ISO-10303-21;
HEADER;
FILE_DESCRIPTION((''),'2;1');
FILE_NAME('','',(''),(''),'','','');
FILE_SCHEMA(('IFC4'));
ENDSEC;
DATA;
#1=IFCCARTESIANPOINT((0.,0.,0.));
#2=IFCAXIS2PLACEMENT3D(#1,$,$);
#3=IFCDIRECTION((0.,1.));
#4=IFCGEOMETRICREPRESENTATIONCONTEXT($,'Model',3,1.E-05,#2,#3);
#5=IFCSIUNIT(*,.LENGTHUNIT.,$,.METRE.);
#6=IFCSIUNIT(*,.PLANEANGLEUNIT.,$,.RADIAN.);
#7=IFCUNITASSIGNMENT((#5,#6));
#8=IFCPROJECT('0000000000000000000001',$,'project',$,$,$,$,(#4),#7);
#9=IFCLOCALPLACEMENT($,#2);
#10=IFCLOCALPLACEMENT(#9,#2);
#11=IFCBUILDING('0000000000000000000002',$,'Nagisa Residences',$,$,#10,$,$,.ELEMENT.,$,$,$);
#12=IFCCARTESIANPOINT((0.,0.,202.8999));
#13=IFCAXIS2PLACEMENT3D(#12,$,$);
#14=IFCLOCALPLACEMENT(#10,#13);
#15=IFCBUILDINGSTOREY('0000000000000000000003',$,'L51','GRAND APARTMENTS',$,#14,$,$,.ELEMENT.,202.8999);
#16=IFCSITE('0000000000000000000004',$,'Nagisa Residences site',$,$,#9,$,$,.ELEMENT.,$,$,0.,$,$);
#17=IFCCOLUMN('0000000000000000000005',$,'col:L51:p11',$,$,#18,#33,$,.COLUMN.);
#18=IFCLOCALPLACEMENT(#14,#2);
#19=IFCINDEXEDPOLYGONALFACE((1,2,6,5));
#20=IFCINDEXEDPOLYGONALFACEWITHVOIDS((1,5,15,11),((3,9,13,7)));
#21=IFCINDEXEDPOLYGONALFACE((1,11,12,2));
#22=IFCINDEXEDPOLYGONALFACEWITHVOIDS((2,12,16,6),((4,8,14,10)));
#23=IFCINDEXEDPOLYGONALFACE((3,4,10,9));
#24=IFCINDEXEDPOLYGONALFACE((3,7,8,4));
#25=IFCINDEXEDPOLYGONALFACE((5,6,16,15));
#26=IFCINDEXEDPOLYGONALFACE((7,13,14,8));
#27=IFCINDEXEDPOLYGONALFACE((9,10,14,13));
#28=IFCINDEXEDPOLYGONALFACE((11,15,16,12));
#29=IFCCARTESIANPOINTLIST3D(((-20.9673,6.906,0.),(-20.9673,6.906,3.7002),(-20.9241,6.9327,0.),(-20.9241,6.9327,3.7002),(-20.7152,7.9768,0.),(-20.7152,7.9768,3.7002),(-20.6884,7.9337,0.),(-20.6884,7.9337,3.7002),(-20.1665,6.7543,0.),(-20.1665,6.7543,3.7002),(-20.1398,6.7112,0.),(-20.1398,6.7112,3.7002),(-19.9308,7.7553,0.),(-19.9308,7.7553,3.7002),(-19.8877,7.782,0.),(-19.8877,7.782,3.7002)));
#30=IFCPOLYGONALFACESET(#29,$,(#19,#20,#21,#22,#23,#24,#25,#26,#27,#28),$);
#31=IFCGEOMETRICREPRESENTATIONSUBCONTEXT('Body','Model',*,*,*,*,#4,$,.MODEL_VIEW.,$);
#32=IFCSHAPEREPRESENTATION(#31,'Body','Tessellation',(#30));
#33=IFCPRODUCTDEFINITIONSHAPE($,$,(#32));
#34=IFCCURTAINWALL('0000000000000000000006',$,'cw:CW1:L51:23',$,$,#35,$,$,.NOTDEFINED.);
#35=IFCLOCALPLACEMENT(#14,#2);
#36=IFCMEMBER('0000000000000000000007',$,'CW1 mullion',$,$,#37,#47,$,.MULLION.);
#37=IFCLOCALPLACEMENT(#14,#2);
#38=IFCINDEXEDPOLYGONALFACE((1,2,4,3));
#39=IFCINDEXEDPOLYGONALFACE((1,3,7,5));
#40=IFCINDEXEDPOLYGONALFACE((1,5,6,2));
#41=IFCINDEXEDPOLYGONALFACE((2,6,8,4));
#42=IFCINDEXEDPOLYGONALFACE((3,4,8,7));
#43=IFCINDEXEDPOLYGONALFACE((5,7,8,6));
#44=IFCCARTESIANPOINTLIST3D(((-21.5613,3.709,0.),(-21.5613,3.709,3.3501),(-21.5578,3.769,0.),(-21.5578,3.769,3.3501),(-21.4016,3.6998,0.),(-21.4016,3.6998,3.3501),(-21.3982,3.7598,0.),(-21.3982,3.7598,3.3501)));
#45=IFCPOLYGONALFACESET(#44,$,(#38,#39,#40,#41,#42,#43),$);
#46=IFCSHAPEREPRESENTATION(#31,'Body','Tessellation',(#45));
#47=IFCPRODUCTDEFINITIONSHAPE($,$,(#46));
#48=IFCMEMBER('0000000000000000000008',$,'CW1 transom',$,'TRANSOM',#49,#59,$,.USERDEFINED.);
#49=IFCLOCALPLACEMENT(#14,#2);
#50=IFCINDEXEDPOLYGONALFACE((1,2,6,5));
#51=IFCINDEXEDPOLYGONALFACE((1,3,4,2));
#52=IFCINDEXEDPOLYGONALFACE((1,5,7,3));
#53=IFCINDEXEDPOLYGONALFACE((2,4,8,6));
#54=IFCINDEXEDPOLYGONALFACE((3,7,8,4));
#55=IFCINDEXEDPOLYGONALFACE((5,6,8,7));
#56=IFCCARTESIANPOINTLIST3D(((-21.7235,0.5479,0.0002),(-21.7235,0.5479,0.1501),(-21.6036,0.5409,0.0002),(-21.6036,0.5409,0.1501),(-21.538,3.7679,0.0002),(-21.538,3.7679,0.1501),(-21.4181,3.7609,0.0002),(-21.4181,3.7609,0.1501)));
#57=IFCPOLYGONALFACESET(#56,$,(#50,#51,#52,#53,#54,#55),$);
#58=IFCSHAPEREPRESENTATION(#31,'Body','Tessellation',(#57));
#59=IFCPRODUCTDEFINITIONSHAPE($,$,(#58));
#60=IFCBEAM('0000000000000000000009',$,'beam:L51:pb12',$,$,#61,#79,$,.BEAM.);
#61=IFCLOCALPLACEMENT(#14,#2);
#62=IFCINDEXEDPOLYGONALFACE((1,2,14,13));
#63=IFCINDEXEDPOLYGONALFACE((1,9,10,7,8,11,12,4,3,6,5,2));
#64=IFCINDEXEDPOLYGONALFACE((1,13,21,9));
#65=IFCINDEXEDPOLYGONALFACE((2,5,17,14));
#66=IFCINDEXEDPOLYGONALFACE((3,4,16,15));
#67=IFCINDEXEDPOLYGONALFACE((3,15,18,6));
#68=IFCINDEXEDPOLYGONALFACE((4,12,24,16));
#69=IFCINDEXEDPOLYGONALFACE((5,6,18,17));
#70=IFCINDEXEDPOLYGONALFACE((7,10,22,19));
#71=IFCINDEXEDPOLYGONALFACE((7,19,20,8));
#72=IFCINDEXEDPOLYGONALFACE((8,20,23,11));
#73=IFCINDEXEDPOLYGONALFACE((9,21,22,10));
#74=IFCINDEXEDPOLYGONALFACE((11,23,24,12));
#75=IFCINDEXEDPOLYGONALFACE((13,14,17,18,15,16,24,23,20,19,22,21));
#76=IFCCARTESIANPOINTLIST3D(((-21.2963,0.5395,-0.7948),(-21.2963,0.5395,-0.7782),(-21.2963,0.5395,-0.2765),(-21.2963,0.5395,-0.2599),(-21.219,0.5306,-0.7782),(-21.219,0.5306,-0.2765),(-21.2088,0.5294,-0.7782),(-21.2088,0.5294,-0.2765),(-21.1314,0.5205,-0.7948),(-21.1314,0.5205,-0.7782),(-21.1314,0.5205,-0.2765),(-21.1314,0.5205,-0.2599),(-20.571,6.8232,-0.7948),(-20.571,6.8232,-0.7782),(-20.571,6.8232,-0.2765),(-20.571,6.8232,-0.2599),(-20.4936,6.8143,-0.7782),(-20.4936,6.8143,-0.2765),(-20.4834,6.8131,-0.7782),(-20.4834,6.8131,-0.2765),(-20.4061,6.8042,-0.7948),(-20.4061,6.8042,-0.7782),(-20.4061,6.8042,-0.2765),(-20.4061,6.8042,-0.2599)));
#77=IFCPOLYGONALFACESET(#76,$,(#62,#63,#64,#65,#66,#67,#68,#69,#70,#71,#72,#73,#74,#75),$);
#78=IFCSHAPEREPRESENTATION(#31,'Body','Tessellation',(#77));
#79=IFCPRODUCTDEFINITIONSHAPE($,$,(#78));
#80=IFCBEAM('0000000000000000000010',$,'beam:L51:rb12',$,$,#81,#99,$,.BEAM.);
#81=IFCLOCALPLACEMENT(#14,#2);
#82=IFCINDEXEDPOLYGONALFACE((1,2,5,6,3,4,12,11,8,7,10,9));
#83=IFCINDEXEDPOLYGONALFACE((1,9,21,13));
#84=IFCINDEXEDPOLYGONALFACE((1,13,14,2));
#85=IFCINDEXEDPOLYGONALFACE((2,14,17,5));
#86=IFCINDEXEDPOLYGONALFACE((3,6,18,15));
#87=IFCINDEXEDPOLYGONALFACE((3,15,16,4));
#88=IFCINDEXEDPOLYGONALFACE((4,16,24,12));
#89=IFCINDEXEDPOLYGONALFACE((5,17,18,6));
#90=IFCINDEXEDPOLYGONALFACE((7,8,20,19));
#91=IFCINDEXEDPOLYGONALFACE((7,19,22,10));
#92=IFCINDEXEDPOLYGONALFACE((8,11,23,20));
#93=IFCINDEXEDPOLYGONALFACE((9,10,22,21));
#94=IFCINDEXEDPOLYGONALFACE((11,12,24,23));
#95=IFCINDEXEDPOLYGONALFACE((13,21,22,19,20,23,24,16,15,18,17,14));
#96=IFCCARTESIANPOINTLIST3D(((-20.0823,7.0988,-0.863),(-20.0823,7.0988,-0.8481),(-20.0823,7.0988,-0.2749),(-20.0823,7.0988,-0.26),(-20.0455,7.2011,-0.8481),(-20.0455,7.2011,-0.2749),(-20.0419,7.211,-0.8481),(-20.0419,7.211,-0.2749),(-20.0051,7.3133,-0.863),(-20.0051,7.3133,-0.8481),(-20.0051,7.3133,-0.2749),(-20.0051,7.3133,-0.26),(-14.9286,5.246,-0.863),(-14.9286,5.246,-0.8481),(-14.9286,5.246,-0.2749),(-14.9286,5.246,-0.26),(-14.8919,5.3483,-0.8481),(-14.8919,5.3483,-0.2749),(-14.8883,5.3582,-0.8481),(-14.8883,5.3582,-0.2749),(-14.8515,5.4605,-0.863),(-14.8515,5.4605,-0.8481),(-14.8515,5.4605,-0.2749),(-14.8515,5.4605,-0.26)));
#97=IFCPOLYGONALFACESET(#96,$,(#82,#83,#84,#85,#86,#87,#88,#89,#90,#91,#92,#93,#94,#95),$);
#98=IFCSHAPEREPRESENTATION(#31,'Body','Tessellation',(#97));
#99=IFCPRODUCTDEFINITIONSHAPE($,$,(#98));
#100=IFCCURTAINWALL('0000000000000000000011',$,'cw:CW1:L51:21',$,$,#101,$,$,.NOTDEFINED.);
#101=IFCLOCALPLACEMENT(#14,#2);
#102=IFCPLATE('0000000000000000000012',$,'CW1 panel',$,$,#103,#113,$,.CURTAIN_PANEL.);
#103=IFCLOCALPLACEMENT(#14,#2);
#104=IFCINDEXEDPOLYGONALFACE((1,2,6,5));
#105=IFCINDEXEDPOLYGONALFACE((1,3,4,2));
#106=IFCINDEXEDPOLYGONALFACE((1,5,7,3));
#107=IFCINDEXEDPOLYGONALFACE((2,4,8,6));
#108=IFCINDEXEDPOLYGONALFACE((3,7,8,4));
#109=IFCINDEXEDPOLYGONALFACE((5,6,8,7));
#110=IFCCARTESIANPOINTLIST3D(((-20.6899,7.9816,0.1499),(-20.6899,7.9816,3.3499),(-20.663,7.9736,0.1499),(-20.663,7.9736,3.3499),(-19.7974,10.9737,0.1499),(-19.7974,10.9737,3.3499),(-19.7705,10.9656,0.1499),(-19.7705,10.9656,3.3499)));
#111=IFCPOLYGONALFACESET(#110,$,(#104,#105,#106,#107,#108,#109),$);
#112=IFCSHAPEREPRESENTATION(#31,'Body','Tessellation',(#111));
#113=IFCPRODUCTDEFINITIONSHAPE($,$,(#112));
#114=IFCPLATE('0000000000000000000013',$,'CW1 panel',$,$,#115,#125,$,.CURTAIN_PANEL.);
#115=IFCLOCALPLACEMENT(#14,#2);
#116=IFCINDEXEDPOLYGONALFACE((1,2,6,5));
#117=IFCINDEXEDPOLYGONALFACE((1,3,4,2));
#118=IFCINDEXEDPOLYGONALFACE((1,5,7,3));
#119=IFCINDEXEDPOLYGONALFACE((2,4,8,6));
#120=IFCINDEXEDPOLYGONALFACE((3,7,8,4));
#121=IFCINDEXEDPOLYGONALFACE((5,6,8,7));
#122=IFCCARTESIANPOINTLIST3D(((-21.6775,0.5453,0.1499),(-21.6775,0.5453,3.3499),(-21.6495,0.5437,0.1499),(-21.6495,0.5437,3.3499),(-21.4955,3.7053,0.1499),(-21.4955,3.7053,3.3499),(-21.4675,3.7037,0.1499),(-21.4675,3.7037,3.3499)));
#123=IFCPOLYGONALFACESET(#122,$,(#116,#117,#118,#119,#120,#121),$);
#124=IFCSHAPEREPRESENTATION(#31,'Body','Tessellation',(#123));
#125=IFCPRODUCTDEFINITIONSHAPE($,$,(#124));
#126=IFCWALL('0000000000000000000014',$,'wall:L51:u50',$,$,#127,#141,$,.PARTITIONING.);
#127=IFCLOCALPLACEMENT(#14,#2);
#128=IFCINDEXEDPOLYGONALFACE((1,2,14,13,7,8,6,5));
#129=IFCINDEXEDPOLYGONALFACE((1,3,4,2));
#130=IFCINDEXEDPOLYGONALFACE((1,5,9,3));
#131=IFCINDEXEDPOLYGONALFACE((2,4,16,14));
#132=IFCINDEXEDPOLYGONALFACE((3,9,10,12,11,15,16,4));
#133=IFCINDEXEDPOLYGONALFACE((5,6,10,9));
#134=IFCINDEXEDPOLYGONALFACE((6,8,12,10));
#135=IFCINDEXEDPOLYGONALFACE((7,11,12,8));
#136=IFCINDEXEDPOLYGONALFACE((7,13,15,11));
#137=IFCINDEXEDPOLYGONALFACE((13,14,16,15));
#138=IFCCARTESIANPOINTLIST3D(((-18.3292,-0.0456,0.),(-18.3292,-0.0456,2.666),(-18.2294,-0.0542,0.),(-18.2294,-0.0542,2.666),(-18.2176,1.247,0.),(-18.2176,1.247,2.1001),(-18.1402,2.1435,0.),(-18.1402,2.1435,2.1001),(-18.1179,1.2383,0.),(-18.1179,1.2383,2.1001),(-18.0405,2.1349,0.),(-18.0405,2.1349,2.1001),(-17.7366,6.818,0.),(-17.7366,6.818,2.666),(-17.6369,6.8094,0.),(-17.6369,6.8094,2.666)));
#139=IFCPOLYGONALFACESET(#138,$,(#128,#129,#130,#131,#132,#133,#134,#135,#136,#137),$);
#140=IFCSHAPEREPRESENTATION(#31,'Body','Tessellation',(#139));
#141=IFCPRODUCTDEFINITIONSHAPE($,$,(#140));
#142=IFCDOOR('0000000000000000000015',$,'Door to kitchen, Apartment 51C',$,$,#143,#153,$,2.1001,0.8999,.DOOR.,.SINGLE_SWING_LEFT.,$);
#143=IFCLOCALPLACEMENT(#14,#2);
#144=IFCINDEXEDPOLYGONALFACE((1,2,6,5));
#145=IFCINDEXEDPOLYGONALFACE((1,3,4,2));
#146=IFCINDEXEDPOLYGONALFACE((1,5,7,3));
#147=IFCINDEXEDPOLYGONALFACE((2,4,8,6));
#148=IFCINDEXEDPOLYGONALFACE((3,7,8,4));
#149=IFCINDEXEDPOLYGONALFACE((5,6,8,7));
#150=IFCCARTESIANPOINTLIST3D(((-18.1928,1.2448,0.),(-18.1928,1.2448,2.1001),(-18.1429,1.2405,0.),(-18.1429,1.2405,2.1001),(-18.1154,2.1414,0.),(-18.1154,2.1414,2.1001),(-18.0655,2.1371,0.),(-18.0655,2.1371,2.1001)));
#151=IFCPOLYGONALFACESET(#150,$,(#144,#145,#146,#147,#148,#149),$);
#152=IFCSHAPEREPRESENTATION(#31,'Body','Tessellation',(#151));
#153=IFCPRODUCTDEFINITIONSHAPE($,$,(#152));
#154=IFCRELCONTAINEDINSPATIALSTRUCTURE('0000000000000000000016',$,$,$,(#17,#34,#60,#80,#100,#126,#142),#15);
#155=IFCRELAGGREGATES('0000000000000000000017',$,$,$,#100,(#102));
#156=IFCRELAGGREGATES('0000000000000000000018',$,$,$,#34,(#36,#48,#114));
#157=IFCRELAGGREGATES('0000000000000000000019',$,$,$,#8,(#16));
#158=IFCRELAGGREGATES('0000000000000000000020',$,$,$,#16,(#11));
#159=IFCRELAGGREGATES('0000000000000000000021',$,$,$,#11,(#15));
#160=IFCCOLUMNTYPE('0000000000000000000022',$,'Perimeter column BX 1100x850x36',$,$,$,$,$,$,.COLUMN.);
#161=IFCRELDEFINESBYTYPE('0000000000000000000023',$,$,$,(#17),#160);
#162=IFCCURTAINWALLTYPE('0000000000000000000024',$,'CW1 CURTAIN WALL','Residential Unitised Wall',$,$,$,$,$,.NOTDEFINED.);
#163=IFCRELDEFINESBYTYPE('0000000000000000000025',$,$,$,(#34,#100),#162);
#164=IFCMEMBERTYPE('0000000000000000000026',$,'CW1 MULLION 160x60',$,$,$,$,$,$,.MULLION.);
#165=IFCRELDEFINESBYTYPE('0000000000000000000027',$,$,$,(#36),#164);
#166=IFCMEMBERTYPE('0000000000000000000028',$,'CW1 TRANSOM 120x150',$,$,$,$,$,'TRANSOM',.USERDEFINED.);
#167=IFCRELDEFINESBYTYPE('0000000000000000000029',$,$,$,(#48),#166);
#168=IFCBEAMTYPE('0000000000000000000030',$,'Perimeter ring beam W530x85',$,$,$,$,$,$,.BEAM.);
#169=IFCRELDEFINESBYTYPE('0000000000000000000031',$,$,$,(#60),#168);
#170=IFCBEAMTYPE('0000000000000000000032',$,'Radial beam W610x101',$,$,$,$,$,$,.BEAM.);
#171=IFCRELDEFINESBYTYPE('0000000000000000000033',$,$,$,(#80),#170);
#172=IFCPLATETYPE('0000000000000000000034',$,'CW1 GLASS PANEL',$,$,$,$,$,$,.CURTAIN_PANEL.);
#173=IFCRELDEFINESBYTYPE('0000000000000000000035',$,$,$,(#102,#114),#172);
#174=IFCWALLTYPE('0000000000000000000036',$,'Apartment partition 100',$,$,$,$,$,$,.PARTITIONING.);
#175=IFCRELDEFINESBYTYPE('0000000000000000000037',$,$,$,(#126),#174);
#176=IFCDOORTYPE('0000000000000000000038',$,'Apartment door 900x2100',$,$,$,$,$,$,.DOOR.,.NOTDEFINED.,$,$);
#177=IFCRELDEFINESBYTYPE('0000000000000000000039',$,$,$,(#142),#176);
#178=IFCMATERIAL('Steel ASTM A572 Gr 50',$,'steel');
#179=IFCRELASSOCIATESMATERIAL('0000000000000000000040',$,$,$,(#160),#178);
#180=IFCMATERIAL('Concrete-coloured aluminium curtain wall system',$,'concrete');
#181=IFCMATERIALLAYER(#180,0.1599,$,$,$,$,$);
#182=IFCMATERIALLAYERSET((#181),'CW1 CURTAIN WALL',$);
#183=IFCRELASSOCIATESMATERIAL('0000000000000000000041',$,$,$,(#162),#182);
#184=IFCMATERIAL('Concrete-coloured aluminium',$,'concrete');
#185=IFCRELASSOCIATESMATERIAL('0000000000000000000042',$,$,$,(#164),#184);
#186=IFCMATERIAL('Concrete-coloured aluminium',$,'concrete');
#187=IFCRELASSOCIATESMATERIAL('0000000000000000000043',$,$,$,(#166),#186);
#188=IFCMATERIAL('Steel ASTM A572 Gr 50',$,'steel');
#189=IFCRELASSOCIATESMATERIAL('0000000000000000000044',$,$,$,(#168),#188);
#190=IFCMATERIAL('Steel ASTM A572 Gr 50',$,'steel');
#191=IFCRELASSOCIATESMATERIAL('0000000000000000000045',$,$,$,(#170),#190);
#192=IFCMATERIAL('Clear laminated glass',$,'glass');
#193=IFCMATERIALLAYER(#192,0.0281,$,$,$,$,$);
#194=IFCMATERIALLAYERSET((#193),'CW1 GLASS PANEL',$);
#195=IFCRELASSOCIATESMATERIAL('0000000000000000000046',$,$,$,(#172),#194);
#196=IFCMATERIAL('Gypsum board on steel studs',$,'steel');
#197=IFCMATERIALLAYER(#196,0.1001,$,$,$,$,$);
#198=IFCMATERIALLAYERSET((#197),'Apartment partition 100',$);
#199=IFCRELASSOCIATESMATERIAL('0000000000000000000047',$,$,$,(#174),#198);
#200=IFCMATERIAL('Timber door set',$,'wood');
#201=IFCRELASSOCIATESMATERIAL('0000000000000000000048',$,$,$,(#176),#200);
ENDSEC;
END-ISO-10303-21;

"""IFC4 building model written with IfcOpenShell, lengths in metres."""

from ifc_helpers import new_model, si_unit, direction, frame, frame_2d, origin, origin_2d, place, context, subcontext, project, spatial, rectangle, hollow_rectangle, i_section, extrude, material, layer, layer_set, material_profile, profile_set, type_object, element, fill, aggregate, save


model = new_model("IFC4")

# Units and contexts
model_context = context("Model", 3, precision=1e-05, world=origin(), true_north=direction((0.0, 1.0)))
body_context = subcontext(model_context, "Body", "Model", "MODEL_VIEW")
ifc_project = project(units=[si_unit("LENGTHUNIT", "METRE"), si_unit("PLANEANGLEUNIT", "RADIAN")], contexts=[model_context])

# Site, building, storey
site_placement = place(None, origin())
site = spatial("IfcSite", under=ifc_project, at=site_placement, Name="Nagisa Residences site", CompositionType="ELEMENT", RefElevation=0.0)
building_placement = place(site_placement, origin())
building = spatial("IfcBuilding", under=site, at=building_placement, Name="Nagisa Residences", CompositionType="ELEMENT")
storey_placement = place(building_placement, frame((0.0, 0.0, 202.8999)))
storey = spatial("IfcBuildingStorey", under=building, at=storey_placement, Name="L51", Description="GRAND APARTMENTS", CompositionType="ELEMENT", Elevation=202.8999)

# Column
ifc_material_1 = material(Name="Steel ASTM A572 Gr 50", Category="steel")
ifc_material_profile_1 = material_profile(ifc_material_1, hollow_rectangle(XDim=1.1001, YDim=0.8501, WallThickness=0.0359, at=origin_2d()), Name="BX 1100x850x36")
ifc_profile_set_1 = profile_set([ifc_material_profile_1], Name="Steel ASTM A572 Gr 50")
column_type = type_object("IfcColumnType", Name="Perimeter column BX 1100x850x36", PredefinedType="COLUMN", material=ifc_profile_set_1)
column_placement = place(storey_placement, frame((-20.4275, 7.344, 0.0), z_axis=(0.0, 0.0, 1.0), x_axis=(-0.229202, -0.973379, 0.0)))
element("IfcColumn", 1, at=column_placement, inside=storey, type_object=column_type, Name="col:L51:p11", PredefinedType="COLUMN", context=body_context, shape_type="SweptSolid", body=[
    extrude(hollow_rectangle(XDim=1.1001, YDim=0.8501, WallThickness=0.0359, at=origin_2d()), origin(), (0.0, 0.0, 1.0), 3.7002),
])

# Curtain wall, members
ifc_material_2 = material(Name="Concrete-coloured aluminium curtain wall system", Category="concrete")
ifc_layer_1 = layer(ifc_material_2, 0.1599)
ifc_layer_set_1 = layer_set([ifc_layer_1], Name="CW1 CURTAIN WALL")
curtain_wall_type = type_object("IfcCurtainWallType", Name="CW1 CURTAIN WALL", Description="Residential Unitised Wall", PredefinedType="NOTDEFINED", material=ifc_layer_set_1)
curtain_wall_1_placement = place(storey_placement, origin())
curtain_wall_1 = element("IfcCurtainWall", 2, at=curtain_wall_1_placement, inside=storey, type_object=curtain_wall_type, Name="cw:CW1:L51:23", PredefinedType="NOTDEFINED")
ifc_material_3 = material(Name="Concrete-coloured aluminium", Category="concrete")
ifc_material_profile_2 = material_profile(ifc_material_3, rectangle(XDim=0.1599, YDim=0.0601, at=origin_2d()), Name="CW1 MULLION 160x60")
ifc_profile_set_2 = profile_set([ifc_material_profile_2], Name="Concrete-coloured aluminium")
member_type_1 = type_object("IfcMemberType", Name="CW1 MULLION 160x60", PredefinedType="MULLION", material=ifc_profile_set_2)
member_1_placement = place(storey_placement, frame((-21.4797, 3.7344, 0.0), z_axis=(0.0, 0.0, 1.0), x_axis=(0.998345, -0.057503, 0.0)))
member_1 = element("IfcMember", 3, at=member_1_placement, type_object=member_type_1, Name="CW1 mullion", PredefinedType="MULLION", context=body_context, shape_type="SweptSolid", body=[
    extrude(rectangle(XDim=0.1599, YDim=0.0601, at=origin_2d()), origin(), (0.0, 0.0, 1.0), 3.3501),
])
ifc_material_4 = material(Name="Concrete-coloured aluminium", Category="concrete")
ifc_material_profile_3 = material_profile(ifc_material_4, rectangle(XDim=0.1201, YDim=0.1499, at=origin_2d()), Name="CW1 TRANSOM 120x150")
ifc_profile_set_3 = profile_set([ifc_material_profile_3], Name="Concrete-coloured aluminium")
member_type_2 = type_object("IfcMemberType", Name="CW1 TRANSOM 120x150", ElementType="TRANSOM", PredefinedType="USERDEFINED", material=ifc_profile_set_3)
member_2_placement = place(storey_placement, frame((-21.478, 3.7644, 0.0752), z_axis=(-0.057528, -0.998344, 0.0), x_axis=(0.998344, -0.057528, 0.0)))
member_2 = element("IfcMember", 4, at=member_2_placement, type_object=member_type_2, Name="CW1 transom", ObjectType="TRANSOM", PredefinedType="USERDEFINED", context=body_context, shape_type="SweptSolid", body=[
    extrude(rectangle(XDim=0.1201, YDim=0.1499, at=origin_2d()), origin(), (0.0, 0.0, 1.0), 3.2253),
])

# Beams
ifc_material_5 = material(Name="Steel ASTM A572 Gr 50", Category="steel")
ifc_material_profile_4 = material_profile(ifc_material_5, i_section(OverallWidth=0.166, OverallDepth=0.5349, WebThickness=0.0103, FlangeThickness=0.0166, at=origin_2d()), Name="W530x85")
ifc_profile_set_4 = profile_set([ifc_material_profile_4], Name="Steel ASTM A572 Gr 50")
beam_type_1 = type_object("IfcBeamType", Name="Perimeter ring beam W530x85", PredefinedType="BEAM", material=ifc_profile_set_4)
beam_1_placement = place(storey_placement, frame((-20.4885, 6.8137, -0.5273), z_axis=(-0.114671, -0.993404, 0.0), x_axis=(0.993404, -0.114671, 0.0)))
element("IfcBeam", 5, at=beam_1_placement, inside=storey, type_object=beam_type_1, Name="beam:L51:pb12", PredefinedType="BEAM", context=body_context, shape_type="SweptSolid", body=[
    extrude(i_section(OverallWidth=0.166, OverallDepth=0.5349, WebThickness=0.0103, FlangeThickness=0.0166, at=origin_2d()), origin(), (0.0, 0.0, 1.0), 6.3254),
])
ifc_material_6 = material(Name="Steel ASTM A572 Gr 50", Category="steel")
ifc_material_profile_5 = material_profile(ifc_material_6, i_section(OverallWidth=0.228, OverallDepth=0.603, WebThickness=0.0105, FlangeThickness=0.0149, at=origin_2d()), Name="W610x101")
ifc_profile_set_5 = profile_set([ifc_material_profile_5], Name="Steel ASTM A572 Gr 50")
beam_type_2 = type_object("IfcBeamType", Name="Radial beam W610x101", PredefinedType="BEAM", material=ifc_profile_set_5)
beam_2_placement = place(storey_placement, frame((-20.0437, 7.2061, -0.5615), z_axis=(0.941033, -0.338315, 0.0), x_axis=(0.338315, 0.941033, 0.0)))
element("IfcBeam", 6, at=beam_2_placement, inside=storey, type_object=beam_type_2, Name="beam:L51:rb12", PredefinedType="BEAM", context=body_context, shape_type="SweptSolid", body=[
    extrude(i_section(OverallWidth=0.228, OverallDepth=0.603, WebThickness=0.0105, FlangeThickness=0.0149, at=origin_2d()), origin(), (0.0, 0.0, 1.0), 5.4766),
])

# Curtain wall, plate
curtain_wall_2_placement = place(storey_placement, origin())
curtain_wall_2 = element("IfcCurtainWall", 7, at=curtain_wall_2_placement, inside=storey, type_object=curtain_wall_type, Name="cw:CW1:L51:21", PredefinedType="NOTDEFINED")
ifc_material_7 = material(Name="Clear laminated glass", Category="glass")
ifc_layer_2 = layer(ifc_material_7, 0.0281)
ifc_layer_set_2 = layer_set([ifc_layer_2], Name="CW1 GLASS PANEL")
plate_type = type_object("IfcPlateType", Name="CW1 GLASS PANEL", PredefinedType="CURTAIN_PANEL", material=ifc_layer_set_2)
plate_1_placement = place(storey_placement, frame((-20.2302, 9.4736, 0.1499), z_axis=(0.0, 0.0, 1.0), x_axis=(-0.28586, -0.958271, 0.0)))
plate_1 = element("IfcPlate", 8, at=plate_1_placement, type_object=plate_type, Name="CW1 panel", PredefinedType="CURTAIN_PANEL", context=body_context, shape_type="SweptSolid", body=[
    extrude(rectangle(XDim=3.1223, YDim=0.0281, at=origin_2d()), origin(), (0.0, 0.0, 1.0), 3.2),
])
aggregate(curtain_wall_2, [plate_1])

# Plate
plate_2_placement = place(storey_placement, frame((-21.5725, 2.1245, 0.1499), z_axis=(0.0, 0.0, 1.0), x_axis=(-0.057503, -0.998345, 0.0)))
plate_2 = element("IfcPlate", 9, at=plate_2_placement, type_object=plate_type, Name="CW1 panel", PredefinedType="CURTAIN_PANEL", context=body_context, shape_type="SweptSolid", body=[
    extrude(rectangle(XDim=3.1653, YDim=0.0281, at=origin_2d()), origin(), (0.0, 0.0, 1.0), 3.2),
])
aggregate(curtain_wall_1, [member_1, member_2, plate_2])

# Wall, opening, door
ifc_material_8 = material(Name="Gypsum board on steel studs", Category="steel")
ifc_layer_3 = layer(ifc_material_8, 0.1001)
ifc_layer_set_3 = layer_set([ifc_layer_3], Name="Apartment partition 100")
wall_type_1 = type_object("IfcWallType", Name="Apartment partition 100", PredefinedType="PARTITIONING", material=ifc_layer_set_3)
wall_1_placement = place(storey_placement, frame((-17.6868, 6.8137, 0.0), z_axis=(0.0, 0.0, 1.0), x_axis=(-0.08601, -0.996294, 0.0)))
wall_1 = element("IfcWall", 10, at=wall_1_placement, inside=storey, type_object=wall_type_1, Name="wall:L51:u50", PredefinedType="PARTITIONING", context=body_context, shape_type="SweptSolid", body=[
    extrude(rectangle(XDim=6.8892, YDim=0.1001, at=frame_2d((3.4446, 0.0))), origin(), (0.0, 0.0, 1.0), 2.666),
])
opening_1_placement = place(wall_1_placement, frame((4.6919, 0.0, 0.0)))
opening_1 = element("IfcOpeningElement", 11, at=opening_1_placement, cuts=wall_1, PredefinedType="OPENING", context=body_context, shape_type="SweptSolid", body=[
    extrude(rectangle(XDim=0.8999, YDim=2.1001, at=frame_2d((0.45, 1.05))), frame((0.0, 0.0601, 0.0), z_axis=(0.0, -1.0, 0.0), x_axis=(1.0, 0.0, 0.0)), (0.0, 0.0, 1.0), 0.1201),
])
ifc_material_9 = material(Name="Timber door set", Category="wood")
door_type_1 = type_object("IfcDoorType", Name="Apartment door 900x2100", OperationType="NOTDEFINED", PredefinedType="DOOR", material=ifc_material_9)
door_1_placement = place(opening_1_placement, origin())
door_1 = element("IfcDoor", 12, at=door_1_placement, inside=storey, type_object=door_type_1, Name="Door to kitchen, Apartment 51C", OperationType="SINGLE_SWING_LEFT", OverallHeight=2.1001, OverallWidth=0.8999, PredefinedType="DOOR", context=body_context, shape_type="SweptSolid", body=[
    extrude(rectangle(XDim=0.8999, YDim=2.1001, at=frame_2d((0.45, 1.05))), frame((0.0, 0.0249, 0.0), z_axis=(0.0, -1.0, 0.0), x_axis=(1.0, 0.0, 0.0)), (0.0, 0.0, 1.0), 0.05),
])
fill(opening_1, door_1)

save(model, "model.ifc")
